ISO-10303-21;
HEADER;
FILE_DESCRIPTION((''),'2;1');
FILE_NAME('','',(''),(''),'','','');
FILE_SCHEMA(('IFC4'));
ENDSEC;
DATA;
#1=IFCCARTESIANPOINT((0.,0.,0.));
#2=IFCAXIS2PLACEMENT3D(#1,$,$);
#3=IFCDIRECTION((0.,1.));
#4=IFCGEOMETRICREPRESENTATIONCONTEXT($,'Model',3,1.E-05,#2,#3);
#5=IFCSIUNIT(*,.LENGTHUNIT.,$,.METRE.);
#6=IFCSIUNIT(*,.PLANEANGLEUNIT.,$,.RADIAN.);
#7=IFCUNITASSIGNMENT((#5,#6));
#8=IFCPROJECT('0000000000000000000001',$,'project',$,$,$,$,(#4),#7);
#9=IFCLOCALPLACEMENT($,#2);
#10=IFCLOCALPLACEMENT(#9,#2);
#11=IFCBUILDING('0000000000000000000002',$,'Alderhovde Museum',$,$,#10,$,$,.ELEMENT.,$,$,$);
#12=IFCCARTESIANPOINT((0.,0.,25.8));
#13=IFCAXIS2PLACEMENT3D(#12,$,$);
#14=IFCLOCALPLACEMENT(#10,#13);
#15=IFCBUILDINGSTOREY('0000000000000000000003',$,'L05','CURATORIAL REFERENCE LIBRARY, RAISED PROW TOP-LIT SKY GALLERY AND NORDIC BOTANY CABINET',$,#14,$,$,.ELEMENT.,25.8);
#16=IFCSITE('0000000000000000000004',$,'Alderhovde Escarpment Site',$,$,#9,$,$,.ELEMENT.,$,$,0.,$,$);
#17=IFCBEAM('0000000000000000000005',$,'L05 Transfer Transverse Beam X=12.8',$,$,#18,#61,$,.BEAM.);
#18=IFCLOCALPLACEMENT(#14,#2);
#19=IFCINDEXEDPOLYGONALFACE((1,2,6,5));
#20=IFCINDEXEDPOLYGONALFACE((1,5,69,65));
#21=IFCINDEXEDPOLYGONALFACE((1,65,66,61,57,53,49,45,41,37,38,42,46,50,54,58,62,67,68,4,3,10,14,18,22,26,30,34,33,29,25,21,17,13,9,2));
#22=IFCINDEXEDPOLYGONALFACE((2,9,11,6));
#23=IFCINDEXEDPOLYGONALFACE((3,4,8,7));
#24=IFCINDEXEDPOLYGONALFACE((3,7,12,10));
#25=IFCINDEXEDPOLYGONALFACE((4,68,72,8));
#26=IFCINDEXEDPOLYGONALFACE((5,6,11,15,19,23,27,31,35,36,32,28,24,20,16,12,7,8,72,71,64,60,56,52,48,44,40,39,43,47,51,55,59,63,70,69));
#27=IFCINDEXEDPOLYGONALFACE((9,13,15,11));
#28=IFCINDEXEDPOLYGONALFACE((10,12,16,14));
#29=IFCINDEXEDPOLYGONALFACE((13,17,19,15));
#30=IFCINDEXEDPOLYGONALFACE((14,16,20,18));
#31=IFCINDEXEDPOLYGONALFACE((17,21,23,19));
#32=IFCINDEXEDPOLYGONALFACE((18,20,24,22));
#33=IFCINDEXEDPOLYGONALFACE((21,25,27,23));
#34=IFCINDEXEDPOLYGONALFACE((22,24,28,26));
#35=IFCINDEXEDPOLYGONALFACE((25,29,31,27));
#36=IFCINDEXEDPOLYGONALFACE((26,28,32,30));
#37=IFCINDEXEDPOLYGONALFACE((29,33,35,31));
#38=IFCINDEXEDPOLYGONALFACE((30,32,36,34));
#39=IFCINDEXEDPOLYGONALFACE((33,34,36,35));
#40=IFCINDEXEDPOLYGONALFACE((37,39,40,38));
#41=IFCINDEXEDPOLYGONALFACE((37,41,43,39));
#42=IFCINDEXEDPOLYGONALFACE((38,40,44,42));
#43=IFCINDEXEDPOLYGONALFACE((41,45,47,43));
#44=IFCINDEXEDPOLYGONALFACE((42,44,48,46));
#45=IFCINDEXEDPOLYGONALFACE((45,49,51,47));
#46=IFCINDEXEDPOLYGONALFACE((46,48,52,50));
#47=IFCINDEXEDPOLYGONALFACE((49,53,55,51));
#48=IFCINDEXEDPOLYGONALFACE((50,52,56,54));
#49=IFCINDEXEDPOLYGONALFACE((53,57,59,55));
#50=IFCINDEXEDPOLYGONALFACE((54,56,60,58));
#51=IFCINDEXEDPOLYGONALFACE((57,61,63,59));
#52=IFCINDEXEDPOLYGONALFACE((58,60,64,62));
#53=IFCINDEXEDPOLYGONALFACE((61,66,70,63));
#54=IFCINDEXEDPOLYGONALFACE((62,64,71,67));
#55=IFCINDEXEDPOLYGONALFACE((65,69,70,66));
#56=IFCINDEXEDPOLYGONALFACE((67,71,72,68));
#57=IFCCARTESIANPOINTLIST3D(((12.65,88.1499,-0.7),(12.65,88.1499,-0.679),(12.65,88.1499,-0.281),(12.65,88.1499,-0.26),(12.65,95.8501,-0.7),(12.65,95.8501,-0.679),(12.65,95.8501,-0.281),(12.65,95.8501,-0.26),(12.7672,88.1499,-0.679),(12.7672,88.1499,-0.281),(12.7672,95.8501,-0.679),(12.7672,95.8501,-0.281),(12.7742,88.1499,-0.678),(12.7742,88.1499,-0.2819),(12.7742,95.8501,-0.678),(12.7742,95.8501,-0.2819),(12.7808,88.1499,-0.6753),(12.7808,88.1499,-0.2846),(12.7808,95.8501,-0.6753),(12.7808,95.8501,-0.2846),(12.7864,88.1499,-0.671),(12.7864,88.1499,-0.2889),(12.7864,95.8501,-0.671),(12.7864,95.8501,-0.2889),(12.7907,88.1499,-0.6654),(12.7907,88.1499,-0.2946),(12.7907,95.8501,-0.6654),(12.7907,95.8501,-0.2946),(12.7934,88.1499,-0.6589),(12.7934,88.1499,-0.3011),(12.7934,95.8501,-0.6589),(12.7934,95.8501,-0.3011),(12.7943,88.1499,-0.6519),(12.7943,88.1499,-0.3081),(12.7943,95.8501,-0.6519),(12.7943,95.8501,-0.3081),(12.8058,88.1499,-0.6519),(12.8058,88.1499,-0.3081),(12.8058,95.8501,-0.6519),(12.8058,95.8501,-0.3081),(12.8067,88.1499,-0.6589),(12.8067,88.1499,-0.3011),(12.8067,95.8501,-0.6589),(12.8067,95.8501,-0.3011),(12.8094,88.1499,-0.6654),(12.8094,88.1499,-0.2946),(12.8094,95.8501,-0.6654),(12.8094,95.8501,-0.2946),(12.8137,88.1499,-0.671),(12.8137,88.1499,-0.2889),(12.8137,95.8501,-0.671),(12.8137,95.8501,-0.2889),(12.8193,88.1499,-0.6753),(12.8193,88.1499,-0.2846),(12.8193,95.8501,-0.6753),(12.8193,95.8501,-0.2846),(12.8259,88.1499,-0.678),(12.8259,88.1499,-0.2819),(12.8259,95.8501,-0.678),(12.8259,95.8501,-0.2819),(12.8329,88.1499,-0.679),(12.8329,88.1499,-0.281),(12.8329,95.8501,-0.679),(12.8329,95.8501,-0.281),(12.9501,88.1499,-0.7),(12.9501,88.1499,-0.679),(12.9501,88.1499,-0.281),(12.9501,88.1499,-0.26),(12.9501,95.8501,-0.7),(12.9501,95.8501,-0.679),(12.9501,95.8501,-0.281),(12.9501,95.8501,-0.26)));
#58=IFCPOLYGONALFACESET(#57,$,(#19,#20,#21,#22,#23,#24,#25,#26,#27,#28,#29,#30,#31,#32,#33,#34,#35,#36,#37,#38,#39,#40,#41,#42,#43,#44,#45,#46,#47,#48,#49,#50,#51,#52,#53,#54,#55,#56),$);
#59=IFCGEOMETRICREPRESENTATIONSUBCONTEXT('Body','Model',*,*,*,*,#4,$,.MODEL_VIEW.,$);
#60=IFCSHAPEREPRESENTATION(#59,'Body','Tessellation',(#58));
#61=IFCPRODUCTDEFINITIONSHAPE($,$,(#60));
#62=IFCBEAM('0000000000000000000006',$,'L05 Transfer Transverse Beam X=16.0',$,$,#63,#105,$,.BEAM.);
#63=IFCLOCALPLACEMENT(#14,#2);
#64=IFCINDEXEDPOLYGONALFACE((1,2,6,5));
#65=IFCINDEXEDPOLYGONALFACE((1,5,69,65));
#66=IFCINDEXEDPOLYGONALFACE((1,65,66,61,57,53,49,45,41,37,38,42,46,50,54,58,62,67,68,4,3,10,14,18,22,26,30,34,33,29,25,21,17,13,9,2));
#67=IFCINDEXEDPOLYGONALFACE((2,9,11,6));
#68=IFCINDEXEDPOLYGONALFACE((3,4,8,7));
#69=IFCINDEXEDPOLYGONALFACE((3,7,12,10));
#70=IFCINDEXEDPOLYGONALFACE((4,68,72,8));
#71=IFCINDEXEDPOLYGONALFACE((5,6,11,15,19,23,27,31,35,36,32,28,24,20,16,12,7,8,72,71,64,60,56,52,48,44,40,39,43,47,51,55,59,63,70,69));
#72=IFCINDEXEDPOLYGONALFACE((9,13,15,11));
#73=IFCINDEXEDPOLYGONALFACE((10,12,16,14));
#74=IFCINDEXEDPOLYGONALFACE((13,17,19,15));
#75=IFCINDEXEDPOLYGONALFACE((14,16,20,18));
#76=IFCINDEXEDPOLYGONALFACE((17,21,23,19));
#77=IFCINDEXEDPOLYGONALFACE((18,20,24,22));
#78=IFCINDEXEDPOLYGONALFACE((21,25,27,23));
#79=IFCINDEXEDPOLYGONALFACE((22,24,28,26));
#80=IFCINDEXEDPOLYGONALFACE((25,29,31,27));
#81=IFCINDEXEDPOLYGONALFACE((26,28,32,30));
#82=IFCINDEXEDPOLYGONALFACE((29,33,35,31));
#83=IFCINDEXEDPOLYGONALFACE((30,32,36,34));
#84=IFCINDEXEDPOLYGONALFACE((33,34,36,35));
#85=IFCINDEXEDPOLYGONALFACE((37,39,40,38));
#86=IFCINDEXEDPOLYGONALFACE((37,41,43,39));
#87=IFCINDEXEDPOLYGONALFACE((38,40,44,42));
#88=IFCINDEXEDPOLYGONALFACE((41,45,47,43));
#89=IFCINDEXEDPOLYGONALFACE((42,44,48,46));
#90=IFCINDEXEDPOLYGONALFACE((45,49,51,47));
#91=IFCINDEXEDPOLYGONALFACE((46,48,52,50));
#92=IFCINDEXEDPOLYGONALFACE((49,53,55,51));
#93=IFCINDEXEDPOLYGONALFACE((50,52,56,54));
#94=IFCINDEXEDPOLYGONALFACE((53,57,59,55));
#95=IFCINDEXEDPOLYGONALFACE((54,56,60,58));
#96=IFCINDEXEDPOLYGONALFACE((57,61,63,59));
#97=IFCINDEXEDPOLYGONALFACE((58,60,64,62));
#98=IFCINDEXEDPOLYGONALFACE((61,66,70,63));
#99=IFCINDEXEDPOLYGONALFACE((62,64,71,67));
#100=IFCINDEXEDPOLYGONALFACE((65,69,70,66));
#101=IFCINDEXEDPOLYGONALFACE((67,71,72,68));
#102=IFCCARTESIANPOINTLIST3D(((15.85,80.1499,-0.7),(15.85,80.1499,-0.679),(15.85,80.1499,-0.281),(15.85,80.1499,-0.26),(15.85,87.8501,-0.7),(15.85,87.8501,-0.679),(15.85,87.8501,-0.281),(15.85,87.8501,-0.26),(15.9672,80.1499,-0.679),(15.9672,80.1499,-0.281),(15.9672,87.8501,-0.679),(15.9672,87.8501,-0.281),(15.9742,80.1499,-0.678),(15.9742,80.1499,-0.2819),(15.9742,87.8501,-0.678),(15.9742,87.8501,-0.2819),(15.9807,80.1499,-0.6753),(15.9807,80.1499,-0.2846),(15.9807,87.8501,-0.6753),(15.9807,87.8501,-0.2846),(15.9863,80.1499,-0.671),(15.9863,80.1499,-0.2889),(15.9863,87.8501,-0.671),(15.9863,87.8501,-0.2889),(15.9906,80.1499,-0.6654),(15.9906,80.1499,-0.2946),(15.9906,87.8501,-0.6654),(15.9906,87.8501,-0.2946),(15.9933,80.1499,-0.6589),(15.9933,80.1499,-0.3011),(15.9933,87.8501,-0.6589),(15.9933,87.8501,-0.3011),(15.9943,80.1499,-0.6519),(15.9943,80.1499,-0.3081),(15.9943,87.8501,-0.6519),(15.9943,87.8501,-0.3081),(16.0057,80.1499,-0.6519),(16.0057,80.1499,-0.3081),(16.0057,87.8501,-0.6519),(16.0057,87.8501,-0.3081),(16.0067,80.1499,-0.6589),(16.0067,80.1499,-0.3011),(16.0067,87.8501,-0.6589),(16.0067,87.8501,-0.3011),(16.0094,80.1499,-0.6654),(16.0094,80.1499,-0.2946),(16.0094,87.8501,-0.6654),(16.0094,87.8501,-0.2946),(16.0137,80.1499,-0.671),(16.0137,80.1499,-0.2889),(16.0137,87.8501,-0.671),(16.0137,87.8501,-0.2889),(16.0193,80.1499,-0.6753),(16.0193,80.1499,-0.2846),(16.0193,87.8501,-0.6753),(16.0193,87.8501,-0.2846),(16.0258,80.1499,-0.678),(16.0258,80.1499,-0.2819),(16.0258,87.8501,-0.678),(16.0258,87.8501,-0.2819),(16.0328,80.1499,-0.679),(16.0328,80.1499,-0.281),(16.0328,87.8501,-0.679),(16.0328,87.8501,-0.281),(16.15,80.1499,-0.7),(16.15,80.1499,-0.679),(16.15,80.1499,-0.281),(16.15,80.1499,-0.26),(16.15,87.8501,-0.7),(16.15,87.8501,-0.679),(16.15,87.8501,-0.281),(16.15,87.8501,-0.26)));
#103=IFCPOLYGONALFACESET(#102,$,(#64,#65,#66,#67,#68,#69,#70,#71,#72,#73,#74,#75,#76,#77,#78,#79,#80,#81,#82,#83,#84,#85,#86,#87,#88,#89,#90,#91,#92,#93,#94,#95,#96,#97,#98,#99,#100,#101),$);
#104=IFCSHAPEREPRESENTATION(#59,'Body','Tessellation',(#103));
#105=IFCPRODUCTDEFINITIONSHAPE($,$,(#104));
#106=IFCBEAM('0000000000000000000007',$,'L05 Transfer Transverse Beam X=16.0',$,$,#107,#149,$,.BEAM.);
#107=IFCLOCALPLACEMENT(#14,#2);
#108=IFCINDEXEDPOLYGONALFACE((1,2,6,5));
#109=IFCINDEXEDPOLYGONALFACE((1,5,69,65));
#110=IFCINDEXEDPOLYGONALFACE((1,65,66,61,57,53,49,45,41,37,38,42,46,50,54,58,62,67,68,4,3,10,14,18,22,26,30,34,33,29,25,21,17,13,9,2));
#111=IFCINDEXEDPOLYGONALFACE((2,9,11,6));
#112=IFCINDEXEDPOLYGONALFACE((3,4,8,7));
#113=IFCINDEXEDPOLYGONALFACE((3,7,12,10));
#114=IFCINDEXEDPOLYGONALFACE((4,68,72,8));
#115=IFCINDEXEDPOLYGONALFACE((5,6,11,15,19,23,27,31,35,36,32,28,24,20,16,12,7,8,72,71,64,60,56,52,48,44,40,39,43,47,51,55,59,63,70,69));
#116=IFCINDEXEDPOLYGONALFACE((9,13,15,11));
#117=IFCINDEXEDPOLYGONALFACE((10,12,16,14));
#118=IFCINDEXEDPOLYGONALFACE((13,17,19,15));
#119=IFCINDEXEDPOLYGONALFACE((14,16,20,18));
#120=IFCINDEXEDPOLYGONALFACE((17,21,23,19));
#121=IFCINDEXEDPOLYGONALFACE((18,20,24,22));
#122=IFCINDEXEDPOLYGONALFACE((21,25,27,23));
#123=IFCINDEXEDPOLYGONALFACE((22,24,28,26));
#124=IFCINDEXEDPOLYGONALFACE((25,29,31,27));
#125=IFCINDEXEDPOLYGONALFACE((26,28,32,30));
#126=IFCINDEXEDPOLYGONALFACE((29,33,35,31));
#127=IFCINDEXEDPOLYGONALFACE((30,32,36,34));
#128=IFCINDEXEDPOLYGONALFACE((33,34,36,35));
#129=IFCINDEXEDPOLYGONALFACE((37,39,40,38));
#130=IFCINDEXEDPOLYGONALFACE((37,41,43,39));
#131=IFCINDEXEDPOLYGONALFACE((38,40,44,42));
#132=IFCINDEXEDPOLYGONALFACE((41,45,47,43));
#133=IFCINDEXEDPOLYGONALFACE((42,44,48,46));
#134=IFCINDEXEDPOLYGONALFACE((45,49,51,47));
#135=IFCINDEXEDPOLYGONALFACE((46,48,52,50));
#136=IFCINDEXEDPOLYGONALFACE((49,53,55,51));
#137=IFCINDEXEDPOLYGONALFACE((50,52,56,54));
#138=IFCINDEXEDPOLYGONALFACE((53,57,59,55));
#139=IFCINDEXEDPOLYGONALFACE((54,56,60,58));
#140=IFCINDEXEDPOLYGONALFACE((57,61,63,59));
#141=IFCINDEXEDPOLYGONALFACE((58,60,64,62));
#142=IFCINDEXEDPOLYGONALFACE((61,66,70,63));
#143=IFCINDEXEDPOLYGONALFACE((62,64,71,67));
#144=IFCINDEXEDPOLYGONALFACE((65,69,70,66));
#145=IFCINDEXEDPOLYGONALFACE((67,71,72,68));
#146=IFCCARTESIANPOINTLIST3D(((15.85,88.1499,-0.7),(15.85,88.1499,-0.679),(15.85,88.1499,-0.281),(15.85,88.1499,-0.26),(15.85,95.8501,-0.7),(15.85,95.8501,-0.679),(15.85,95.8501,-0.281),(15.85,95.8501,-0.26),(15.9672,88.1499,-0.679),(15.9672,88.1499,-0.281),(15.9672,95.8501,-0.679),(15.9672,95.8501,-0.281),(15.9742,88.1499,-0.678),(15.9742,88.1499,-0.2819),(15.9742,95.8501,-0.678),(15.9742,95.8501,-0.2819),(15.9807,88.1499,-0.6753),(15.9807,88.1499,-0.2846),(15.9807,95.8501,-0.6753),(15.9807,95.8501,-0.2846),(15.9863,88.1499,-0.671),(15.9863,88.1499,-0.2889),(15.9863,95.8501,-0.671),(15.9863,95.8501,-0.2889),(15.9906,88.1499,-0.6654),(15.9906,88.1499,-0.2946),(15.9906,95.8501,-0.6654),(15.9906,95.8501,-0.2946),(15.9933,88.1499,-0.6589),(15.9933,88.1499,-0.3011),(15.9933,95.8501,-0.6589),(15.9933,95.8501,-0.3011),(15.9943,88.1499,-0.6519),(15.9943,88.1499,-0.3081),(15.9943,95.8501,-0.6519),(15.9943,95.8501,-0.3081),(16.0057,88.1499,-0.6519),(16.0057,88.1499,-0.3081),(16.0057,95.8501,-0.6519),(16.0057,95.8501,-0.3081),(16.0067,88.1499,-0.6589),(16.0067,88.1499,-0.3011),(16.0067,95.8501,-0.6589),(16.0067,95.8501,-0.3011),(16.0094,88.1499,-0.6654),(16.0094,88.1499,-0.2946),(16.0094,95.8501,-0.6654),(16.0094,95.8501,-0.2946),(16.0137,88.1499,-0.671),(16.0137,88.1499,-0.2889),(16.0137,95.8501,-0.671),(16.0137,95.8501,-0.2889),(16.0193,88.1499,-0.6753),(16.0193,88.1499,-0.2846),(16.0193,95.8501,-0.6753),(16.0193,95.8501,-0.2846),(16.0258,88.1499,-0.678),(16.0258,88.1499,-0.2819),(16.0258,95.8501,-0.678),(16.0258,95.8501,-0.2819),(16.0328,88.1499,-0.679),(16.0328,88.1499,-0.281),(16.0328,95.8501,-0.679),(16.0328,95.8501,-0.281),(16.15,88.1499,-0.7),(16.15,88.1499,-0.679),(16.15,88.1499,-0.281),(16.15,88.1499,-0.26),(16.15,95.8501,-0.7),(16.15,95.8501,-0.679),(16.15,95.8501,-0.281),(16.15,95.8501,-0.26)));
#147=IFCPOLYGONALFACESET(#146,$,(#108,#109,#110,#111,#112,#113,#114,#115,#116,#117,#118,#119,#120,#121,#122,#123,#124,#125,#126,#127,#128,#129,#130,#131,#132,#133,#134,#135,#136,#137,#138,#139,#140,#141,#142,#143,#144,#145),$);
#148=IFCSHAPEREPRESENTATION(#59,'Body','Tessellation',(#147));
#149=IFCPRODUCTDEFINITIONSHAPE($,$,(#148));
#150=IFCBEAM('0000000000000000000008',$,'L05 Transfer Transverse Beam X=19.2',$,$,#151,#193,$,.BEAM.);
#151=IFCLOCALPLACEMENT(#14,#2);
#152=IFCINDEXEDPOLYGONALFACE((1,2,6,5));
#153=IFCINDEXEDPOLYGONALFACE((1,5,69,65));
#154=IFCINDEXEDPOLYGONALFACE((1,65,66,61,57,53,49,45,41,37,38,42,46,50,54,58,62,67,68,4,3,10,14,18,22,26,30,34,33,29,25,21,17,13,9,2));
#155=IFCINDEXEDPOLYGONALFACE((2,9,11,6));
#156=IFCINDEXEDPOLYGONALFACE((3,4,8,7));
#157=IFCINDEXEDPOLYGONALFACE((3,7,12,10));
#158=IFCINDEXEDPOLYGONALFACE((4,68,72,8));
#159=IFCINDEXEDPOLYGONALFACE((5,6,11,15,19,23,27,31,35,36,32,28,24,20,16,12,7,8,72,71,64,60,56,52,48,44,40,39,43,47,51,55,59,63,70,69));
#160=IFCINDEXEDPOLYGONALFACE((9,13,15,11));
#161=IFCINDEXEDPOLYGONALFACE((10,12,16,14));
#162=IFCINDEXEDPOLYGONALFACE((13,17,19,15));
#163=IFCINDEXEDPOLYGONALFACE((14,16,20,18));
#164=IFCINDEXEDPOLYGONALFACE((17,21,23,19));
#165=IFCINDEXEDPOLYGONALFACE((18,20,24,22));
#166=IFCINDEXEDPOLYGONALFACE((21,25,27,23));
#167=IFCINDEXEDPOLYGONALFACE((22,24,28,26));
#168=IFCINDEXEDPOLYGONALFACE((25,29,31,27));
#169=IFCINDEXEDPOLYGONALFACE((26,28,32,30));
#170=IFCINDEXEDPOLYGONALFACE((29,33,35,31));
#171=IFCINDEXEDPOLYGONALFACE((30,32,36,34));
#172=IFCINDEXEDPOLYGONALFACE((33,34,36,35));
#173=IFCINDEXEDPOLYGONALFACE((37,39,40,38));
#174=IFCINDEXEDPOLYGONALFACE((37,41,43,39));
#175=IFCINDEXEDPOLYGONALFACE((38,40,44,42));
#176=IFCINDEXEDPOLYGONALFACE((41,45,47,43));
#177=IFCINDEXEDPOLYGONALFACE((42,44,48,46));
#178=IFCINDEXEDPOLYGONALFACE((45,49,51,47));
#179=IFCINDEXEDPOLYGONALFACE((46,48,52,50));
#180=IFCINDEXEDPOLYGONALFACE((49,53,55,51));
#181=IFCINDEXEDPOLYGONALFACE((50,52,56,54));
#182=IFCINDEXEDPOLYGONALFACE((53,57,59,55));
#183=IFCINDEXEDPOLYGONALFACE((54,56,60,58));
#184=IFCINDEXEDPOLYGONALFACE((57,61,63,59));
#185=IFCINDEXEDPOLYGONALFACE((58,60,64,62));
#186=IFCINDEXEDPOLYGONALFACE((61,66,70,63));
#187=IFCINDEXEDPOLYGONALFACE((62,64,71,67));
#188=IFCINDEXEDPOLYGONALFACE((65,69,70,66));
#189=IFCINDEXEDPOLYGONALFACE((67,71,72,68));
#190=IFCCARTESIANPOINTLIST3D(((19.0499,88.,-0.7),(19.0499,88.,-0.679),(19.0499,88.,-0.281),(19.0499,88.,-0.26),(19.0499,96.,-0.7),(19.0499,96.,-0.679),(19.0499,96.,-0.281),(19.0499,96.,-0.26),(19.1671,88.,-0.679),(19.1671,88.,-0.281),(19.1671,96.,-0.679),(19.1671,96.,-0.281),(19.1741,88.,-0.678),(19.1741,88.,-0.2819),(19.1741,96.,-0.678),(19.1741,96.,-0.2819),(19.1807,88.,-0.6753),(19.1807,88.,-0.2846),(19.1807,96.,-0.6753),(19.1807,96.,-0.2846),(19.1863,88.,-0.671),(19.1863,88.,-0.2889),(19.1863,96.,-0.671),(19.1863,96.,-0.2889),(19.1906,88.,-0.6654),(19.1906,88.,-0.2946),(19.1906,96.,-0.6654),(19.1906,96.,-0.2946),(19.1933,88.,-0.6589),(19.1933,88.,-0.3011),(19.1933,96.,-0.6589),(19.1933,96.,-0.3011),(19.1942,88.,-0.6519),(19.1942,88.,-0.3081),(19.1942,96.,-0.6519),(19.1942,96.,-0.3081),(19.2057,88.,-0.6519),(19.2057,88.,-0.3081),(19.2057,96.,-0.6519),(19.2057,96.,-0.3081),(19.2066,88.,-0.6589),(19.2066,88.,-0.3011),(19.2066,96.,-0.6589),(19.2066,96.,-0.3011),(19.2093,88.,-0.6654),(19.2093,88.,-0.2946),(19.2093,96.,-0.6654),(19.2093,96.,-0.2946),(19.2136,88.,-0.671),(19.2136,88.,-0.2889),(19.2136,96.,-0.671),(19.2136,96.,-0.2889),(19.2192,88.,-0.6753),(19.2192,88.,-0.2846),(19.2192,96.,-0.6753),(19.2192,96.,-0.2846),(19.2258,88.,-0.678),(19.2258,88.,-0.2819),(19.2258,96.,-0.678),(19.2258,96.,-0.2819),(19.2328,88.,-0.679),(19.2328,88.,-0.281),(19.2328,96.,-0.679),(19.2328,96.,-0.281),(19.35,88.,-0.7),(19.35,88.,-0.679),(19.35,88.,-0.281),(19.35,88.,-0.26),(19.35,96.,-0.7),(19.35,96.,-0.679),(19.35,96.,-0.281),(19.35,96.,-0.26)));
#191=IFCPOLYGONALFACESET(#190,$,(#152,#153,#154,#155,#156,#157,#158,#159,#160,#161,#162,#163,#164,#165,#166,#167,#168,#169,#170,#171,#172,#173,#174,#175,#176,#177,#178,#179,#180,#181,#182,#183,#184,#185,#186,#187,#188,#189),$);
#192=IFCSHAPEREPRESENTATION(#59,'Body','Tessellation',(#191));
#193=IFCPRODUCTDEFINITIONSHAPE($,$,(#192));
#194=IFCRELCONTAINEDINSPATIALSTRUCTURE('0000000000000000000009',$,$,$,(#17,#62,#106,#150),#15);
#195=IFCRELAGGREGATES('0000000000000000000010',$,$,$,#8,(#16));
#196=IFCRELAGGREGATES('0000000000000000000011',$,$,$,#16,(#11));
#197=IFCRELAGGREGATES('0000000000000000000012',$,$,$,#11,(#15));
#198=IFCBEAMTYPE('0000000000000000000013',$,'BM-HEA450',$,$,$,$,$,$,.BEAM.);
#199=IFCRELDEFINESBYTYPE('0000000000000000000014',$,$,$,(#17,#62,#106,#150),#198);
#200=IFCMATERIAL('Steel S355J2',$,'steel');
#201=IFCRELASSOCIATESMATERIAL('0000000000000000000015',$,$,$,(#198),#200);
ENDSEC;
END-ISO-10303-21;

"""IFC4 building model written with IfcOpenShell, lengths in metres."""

from ifc_helpers import new_model, si_unit, direction, frame, origin, origin_2d, place, context, subcontext, project, spatial, i_section, extrude, material, material_profile, profile_set, type_object, element, save


model = new_model("IFC4")

# Units and contexts
model_context = context("Model", 3, precision=1e-05, world=origin(), true_north=direction((0.0, 1.0)))
body_context = subcontext(model_context, "Body", "Model", "MODEL_VIEW")
ifc_project = project(units=[si_unit("LENGTHUNIT", "METRE"), si_unit("PLANEANGLEUNIT", "RADIAN")], contexts=[model_context])

# Site, building, storey
site_placement = place(None, origin())
site = spatial("IfcSite", under=ifc_project, at=site_placement, Name="Alderhovde Escarpment Site", CompositionType="ELEMENT", RefElevation=0.0)
building_placement = place(site_placement, origin())
building = spatial("IfcBuilding", under=site, at=building_placement, Name="Alderhovde Museum", CompositionType="ELEMENT")
storey_placement = place(building_placement, frame((0.0, 0.0, 25.8)))
storey = spatial("IfcBuildingStorey", under=building, at=storey_placement, Name="L05", Description="CURATORIAL REFERENCE LIBRARY, RAISED PROW TOP-LIT SKY GALLERY AND NORDIC BOTANY CABINET", CompositionType="ELEMENT", Elevation=25.8)

# Beams
ifc_material_1 = material(Name="Steel S355J2", Category="steel")
ifc_material_profile_1 = material_profile(ifc_material_1, i_section(OverallWidth=0.3, OverallDepth=0.4399, WebThickness=0.0115, FlangeThickness=0.021, FilletRadius=0.0271, at=origin_2d()), Name="HEA 450")
ifc_profile_set_1 = profile_set([ifc_material_profile_1], Name="Steel S355J2")
beam_type = type_object("IfcBeamType", Name="BM-HEA450", PredefinedType="BEAM", material=ifc_profile_set_1)
for number, where, z_axis, x_axis, name in (
    (1, (12.8, 88.1499, -0.48), (0.0, 1.0, 0.0), (-1.0, 0.0, 0.0), "L05 Transfer Transverse Beam X=12.8"),
    (2, (16.0, 80.1499, -0.48), (0.0, 1.0, 0.0), (-1.0, 0.0, 0.0), "L05 Transfer Transverse Beam X=16.0"),
    (3, (16.0, 88.1499, -0.48), (0.0, 1.0, 0.0), (-1.0, 0.0, 0.0), "L05 Transfer Transverse Beam X=16.0"),
):
    element("IfcBeam", number, at=place(storey_placement, frame(where, z_axis=z_axis, x_axis=x_axis)), inside=storey, type_object=beam_type, Name=name, PredefinedType="BEAM", context=body_context, shape_type="SweptSolid", body=[
        extrude(i_section(OverallWidth=0.3, OverallDepth=0.4399, WebThickness=0.0115, FlangeThickness=0.021, FilletRadius=0.0271, at=origin_2d()), origin(), (0.0, 0.0, 1.0), 7.7002),
    ])
for number, where, z_axis, x_axis, name in (
    (4, (19.2, 88.0, -0.48), (0.0, 1.0, 0.0), (-1.0, 0.0, 0.0), "L05 Transfer Transverse Beam X=19.2"),
):
    element("IfcBeam", number, at=place(storey_placement, frame(where, z_axis=z_axis, x_axis=x_axis)), inside=storey, type_object=beam_type, Name=name, PredefinedType="BEAM", context=body_context, shape_type="SweptSolid", body=[
        extrude(i_section(OverallWidth=0.3, OverallDepth=0.4399, WebThickness=0.0115, FlangeThickness=0.021, FilletRadius=0.0271, at=origin_2d()), origin(), (0.0, 0.0, 1.0), 8.0),
    ])

save(model, "model.ifc")
